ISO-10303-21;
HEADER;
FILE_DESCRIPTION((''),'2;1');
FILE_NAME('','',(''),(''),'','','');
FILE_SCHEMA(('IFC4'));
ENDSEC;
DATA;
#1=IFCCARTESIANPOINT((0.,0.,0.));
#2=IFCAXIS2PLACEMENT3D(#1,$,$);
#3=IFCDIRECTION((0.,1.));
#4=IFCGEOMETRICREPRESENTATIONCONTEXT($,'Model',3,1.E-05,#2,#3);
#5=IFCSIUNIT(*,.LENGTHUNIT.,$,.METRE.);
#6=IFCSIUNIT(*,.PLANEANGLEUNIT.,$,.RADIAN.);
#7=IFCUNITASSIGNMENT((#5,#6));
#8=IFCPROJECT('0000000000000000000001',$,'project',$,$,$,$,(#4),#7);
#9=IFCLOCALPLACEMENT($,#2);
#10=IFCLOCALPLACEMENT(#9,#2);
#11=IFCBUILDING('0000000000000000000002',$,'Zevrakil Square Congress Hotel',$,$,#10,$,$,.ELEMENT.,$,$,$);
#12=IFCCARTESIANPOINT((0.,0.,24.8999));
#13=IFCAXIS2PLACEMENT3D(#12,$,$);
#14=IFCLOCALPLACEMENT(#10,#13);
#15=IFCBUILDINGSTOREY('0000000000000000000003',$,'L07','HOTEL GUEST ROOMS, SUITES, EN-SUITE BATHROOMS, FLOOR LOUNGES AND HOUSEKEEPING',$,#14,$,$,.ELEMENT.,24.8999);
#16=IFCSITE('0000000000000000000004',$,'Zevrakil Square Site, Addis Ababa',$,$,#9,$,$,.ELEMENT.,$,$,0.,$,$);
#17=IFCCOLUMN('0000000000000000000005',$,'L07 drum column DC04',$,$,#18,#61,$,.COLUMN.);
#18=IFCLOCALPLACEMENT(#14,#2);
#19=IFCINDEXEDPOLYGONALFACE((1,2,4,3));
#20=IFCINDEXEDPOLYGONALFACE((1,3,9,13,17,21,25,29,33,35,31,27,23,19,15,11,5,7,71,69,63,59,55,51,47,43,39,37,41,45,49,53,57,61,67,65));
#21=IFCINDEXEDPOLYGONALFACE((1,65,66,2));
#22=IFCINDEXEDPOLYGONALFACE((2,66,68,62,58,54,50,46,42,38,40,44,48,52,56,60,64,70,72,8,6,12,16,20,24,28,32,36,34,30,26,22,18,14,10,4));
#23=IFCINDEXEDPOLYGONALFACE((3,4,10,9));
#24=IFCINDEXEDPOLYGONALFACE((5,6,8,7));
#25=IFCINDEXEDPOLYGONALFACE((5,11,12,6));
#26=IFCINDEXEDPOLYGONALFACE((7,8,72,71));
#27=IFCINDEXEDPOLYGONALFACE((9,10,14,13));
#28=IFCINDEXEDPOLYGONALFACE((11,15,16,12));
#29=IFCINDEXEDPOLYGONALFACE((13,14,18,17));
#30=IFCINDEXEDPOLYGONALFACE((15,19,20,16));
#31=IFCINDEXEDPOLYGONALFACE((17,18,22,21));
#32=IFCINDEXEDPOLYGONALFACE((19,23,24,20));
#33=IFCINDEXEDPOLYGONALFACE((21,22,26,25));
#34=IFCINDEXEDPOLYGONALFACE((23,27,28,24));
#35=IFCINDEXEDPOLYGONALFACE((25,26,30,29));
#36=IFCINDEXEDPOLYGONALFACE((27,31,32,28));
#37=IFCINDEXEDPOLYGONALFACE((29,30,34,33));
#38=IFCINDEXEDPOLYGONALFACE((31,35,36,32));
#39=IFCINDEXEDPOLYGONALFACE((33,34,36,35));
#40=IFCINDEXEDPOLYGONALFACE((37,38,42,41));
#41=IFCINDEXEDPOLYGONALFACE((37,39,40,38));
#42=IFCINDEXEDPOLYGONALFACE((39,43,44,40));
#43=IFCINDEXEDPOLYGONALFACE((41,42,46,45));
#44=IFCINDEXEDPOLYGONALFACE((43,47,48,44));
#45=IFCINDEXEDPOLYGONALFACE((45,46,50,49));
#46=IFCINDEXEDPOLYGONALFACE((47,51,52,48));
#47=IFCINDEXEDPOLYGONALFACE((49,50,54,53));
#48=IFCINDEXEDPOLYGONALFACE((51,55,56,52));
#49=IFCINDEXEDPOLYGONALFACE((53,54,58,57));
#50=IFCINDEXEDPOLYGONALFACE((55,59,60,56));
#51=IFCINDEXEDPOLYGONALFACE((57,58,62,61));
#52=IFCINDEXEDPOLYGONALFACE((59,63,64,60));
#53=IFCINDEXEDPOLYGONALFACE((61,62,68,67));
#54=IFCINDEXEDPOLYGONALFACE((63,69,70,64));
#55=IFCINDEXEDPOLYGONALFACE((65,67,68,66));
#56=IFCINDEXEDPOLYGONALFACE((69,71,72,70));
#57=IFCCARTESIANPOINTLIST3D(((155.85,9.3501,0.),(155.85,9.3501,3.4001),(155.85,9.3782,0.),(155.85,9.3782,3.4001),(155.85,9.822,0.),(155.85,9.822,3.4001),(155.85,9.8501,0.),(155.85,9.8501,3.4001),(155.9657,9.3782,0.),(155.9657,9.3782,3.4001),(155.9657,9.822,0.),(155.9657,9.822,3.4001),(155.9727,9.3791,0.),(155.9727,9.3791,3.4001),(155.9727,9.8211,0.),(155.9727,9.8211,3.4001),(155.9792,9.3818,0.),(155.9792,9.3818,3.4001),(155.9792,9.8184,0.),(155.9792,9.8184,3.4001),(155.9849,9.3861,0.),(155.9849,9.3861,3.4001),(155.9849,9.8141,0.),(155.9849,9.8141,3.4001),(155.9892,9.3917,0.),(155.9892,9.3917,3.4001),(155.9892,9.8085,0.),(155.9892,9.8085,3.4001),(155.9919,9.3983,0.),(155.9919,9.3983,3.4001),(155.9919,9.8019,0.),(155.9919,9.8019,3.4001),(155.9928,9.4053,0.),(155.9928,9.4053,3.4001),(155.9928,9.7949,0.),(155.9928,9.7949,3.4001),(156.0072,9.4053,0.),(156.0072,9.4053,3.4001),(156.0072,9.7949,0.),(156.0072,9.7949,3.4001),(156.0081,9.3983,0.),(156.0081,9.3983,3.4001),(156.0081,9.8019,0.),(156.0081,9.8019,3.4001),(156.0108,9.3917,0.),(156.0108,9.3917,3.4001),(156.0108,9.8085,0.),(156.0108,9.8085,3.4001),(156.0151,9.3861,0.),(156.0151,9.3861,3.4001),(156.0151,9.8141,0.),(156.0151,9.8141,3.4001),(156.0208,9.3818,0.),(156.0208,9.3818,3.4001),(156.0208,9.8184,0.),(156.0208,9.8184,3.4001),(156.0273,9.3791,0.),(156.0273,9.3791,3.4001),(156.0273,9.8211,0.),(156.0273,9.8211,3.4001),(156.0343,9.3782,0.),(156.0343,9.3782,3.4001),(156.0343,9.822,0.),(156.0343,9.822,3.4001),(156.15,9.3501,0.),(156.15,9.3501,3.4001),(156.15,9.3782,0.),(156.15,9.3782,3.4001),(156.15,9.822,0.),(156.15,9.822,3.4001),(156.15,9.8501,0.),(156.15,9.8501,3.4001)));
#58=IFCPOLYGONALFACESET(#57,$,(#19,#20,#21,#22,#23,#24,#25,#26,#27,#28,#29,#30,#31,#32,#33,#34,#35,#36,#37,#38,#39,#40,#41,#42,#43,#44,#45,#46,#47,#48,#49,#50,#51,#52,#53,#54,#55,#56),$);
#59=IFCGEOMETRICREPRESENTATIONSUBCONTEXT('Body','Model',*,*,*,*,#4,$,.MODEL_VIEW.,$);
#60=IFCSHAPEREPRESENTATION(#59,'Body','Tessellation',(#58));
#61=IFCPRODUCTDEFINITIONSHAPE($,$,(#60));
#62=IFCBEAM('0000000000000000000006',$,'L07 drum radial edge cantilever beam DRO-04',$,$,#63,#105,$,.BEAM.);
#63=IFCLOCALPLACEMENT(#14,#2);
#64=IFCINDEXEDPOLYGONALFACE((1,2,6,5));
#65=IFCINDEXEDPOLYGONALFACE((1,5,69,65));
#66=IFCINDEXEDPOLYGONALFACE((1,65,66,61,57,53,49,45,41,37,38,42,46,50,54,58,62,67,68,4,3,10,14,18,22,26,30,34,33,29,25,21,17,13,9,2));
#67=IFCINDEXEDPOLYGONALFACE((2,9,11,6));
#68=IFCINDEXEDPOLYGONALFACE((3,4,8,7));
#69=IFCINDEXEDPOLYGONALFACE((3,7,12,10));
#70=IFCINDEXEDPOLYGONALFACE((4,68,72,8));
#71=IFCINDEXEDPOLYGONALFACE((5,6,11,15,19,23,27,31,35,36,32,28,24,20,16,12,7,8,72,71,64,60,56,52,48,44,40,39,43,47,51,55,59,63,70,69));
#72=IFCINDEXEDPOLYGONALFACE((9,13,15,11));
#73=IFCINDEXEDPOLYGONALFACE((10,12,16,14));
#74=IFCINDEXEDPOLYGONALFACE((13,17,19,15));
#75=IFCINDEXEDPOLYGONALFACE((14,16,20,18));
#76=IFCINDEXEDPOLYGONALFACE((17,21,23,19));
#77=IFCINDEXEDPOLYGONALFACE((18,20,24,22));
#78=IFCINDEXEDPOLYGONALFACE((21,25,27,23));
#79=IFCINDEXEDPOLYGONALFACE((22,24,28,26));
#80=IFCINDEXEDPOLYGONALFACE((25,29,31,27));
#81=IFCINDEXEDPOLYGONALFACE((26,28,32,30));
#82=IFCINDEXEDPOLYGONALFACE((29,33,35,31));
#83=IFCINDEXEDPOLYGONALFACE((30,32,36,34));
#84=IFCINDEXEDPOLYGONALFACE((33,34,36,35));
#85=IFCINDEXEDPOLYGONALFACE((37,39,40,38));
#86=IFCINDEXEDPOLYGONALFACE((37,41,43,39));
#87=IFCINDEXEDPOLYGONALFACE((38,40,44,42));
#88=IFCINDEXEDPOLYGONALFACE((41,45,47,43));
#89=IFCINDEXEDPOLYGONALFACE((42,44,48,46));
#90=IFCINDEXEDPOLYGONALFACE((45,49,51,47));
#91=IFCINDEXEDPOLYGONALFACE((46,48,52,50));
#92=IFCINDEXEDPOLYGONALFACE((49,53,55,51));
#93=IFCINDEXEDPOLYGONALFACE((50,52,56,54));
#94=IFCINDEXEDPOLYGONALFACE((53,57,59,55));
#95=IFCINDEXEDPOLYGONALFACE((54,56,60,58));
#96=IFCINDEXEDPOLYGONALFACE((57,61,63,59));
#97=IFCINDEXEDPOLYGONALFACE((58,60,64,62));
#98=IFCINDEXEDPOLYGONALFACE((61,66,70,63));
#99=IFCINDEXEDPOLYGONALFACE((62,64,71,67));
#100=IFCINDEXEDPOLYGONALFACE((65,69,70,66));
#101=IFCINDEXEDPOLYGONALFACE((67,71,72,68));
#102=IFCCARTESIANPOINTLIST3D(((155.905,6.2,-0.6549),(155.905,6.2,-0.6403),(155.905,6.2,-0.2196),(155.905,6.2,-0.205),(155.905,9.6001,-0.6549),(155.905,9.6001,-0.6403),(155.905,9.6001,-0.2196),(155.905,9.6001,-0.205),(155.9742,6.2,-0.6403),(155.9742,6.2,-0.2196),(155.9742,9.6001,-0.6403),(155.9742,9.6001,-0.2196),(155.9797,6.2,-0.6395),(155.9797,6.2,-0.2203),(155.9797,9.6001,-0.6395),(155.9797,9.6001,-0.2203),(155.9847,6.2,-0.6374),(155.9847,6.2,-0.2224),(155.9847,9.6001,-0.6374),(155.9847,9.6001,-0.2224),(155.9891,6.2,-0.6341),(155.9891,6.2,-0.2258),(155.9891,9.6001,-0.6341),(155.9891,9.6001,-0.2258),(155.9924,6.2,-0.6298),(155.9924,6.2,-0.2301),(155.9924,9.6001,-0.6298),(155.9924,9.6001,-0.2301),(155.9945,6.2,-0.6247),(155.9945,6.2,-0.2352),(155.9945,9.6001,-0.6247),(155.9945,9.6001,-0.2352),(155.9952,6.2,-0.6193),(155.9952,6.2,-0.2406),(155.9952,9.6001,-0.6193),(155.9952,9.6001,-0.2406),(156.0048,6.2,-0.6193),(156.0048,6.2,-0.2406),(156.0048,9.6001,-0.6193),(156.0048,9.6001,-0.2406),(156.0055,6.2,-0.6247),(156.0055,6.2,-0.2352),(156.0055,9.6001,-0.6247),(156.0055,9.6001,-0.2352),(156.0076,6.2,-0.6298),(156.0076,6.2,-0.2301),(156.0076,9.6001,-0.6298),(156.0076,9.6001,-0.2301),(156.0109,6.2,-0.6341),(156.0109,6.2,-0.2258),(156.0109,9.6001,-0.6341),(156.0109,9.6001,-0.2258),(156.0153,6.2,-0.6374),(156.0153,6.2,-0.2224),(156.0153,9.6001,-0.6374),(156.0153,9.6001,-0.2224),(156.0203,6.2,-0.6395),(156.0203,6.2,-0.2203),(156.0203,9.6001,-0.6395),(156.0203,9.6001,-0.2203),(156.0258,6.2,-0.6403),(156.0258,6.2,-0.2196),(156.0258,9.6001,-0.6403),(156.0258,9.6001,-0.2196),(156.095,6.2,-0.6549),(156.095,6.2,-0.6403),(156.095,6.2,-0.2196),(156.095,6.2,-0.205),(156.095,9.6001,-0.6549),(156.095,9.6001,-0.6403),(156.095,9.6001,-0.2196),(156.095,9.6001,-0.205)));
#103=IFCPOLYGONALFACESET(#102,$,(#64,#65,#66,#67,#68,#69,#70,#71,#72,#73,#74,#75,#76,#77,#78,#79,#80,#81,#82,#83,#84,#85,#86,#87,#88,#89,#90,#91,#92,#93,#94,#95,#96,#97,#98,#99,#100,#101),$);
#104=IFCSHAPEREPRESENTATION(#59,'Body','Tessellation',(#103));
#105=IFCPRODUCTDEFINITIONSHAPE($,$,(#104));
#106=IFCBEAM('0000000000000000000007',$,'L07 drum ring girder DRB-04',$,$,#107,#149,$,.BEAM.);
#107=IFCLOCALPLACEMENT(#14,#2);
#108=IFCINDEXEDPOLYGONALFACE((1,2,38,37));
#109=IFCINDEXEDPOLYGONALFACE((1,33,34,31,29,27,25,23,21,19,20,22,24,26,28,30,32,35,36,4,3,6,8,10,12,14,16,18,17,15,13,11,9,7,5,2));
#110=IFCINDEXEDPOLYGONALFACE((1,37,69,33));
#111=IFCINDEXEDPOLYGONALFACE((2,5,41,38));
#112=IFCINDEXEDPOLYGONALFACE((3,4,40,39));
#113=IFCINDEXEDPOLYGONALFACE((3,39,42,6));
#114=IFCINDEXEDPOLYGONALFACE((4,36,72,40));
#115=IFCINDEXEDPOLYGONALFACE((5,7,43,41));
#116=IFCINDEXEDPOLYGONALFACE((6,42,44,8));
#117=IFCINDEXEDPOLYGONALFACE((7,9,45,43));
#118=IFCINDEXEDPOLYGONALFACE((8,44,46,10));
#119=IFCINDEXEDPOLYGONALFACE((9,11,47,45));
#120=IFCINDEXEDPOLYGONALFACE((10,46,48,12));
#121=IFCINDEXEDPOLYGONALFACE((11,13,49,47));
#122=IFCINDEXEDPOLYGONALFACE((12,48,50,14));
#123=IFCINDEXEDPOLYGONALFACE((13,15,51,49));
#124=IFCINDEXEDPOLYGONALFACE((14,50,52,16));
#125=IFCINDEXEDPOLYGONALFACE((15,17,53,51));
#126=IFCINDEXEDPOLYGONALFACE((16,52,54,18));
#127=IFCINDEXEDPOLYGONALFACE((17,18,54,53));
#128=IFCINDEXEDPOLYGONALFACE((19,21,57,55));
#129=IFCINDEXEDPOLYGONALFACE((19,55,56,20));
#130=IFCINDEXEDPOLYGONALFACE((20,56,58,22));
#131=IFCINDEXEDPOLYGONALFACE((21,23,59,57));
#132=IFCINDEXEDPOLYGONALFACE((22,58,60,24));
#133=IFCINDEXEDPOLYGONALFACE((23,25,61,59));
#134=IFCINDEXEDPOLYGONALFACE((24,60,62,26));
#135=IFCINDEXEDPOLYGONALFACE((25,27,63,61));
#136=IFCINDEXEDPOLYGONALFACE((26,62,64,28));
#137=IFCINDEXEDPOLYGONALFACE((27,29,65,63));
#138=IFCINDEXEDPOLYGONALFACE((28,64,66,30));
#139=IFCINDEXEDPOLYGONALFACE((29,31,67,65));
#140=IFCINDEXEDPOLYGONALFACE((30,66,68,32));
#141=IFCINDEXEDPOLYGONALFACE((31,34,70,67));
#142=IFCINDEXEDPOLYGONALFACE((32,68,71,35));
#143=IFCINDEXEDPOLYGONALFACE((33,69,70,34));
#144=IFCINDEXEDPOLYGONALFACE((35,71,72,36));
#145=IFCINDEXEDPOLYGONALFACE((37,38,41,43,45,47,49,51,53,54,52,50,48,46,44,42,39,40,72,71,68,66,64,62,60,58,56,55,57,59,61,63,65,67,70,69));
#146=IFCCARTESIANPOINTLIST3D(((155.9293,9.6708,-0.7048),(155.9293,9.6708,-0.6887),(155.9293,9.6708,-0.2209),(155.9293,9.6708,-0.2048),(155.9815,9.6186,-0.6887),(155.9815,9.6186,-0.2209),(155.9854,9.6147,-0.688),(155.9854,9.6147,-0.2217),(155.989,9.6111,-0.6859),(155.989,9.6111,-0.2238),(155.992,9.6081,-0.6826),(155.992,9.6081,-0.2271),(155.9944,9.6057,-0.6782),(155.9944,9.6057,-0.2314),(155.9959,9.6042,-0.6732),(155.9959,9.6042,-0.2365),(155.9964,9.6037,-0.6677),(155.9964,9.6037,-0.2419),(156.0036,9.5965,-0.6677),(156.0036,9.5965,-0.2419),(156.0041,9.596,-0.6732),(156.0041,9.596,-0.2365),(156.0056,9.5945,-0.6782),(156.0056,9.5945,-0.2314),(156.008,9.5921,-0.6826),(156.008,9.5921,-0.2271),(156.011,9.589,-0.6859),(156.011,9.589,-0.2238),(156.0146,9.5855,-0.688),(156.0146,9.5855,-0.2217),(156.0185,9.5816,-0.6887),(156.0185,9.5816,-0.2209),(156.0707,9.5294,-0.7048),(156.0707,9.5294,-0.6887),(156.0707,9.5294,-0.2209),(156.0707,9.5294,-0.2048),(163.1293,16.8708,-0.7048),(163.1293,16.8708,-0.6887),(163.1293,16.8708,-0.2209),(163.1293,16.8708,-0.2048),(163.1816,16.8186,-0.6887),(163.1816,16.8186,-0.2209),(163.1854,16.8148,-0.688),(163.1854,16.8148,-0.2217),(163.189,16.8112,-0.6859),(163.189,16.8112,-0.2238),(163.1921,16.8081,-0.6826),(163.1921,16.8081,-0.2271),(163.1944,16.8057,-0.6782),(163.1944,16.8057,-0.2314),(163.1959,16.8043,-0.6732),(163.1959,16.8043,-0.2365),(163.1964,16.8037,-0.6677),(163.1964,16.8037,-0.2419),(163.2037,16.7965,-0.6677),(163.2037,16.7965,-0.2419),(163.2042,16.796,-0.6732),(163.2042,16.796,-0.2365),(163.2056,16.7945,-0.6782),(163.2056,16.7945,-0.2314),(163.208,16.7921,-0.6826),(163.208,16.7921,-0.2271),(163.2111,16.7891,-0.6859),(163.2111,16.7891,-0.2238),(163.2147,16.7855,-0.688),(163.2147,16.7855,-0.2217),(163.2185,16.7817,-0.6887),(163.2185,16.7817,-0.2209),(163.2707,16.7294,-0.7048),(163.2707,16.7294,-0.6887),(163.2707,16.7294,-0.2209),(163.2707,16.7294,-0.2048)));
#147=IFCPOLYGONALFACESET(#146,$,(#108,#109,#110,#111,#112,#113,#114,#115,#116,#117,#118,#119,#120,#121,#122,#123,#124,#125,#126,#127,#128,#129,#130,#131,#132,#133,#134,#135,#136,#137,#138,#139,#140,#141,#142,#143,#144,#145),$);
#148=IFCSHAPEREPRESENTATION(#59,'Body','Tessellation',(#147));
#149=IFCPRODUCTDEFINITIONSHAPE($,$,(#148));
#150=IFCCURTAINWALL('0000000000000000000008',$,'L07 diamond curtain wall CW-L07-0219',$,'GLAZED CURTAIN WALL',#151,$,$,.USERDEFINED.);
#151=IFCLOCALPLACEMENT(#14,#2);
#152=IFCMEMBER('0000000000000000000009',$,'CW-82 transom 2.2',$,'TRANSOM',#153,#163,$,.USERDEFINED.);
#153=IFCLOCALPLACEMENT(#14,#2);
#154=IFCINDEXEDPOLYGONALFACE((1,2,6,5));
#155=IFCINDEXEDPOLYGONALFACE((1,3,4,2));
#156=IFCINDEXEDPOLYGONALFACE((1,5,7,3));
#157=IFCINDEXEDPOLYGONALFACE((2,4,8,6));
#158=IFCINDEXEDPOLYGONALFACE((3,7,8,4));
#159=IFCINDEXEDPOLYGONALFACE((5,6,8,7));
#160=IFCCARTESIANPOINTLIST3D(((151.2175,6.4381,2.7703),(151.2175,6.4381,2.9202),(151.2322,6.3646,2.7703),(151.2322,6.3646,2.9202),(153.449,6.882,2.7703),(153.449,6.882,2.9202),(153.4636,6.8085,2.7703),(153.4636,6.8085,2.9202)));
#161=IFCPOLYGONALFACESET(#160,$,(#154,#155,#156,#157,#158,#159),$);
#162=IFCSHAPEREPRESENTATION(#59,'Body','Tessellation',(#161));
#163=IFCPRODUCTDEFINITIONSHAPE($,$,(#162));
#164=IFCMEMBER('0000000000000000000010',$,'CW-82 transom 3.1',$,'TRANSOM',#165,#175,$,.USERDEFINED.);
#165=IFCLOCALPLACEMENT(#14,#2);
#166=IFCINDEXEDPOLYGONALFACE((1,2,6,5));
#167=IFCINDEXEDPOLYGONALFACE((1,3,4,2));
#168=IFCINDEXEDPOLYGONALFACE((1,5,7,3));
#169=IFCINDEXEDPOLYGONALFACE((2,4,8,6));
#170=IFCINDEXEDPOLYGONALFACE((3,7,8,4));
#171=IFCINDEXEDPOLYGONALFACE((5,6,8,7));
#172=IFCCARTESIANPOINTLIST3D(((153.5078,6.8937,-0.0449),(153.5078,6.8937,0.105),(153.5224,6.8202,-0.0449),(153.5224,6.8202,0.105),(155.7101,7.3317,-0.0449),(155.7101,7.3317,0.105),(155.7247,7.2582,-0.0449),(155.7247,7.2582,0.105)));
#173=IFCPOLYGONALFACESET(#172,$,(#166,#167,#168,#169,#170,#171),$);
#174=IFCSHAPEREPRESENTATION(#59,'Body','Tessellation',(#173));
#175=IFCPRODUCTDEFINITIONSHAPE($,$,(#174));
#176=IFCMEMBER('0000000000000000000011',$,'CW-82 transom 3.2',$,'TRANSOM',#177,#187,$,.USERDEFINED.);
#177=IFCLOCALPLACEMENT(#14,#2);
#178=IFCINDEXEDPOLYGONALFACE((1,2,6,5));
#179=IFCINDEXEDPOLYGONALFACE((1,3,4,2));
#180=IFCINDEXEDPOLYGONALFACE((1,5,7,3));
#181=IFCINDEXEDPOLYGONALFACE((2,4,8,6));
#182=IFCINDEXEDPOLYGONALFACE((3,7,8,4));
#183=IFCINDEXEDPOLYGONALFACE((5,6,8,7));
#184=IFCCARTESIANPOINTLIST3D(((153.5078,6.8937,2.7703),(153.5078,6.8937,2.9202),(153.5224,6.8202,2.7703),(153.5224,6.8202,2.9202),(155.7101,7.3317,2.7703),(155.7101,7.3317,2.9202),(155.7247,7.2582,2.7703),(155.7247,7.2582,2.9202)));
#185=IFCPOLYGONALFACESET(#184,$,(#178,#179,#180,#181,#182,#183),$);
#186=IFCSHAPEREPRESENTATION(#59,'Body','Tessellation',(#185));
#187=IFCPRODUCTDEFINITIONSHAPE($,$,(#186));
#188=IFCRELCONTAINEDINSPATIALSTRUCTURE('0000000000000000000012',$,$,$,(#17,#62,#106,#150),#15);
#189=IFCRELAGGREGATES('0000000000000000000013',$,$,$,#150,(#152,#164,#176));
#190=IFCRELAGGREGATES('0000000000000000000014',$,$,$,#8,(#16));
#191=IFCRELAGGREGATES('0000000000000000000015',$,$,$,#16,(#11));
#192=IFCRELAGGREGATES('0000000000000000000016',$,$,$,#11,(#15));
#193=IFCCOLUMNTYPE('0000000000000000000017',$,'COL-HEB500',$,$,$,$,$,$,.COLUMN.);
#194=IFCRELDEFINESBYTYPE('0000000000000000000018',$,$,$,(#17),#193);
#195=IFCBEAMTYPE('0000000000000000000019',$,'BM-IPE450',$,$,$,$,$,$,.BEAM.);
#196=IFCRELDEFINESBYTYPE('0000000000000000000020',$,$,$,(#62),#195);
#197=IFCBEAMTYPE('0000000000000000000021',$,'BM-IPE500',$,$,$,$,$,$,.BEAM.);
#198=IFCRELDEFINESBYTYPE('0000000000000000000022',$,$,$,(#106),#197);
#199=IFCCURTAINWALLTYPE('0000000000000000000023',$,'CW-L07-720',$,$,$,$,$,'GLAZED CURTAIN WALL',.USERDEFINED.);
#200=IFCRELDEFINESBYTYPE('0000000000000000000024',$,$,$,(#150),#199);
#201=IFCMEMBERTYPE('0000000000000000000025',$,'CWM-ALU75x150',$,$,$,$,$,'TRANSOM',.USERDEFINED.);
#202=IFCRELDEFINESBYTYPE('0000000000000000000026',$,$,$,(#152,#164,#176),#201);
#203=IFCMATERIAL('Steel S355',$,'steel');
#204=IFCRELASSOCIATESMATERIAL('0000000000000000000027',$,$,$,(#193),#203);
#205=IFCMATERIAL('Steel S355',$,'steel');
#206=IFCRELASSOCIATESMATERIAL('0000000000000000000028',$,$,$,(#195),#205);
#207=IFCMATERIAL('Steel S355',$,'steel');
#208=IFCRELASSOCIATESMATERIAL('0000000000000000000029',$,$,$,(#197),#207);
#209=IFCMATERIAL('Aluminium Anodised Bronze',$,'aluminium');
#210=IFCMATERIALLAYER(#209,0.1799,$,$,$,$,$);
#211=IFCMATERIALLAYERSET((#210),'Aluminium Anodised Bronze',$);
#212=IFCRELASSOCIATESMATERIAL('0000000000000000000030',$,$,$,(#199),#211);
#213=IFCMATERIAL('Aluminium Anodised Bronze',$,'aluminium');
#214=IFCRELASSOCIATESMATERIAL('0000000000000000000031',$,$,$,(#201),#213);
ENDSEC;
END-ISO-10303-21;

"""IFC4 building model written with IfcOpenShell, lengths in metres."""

from ifc_helpers import new_model, si_unit, direction, frame, origin, origin_2d, place, context, subcontext, project, spatial, rectangle, i_section, extrude, material, layer, layer_set, material_profile, profile_set, type_object, element, aggregate, save


model = new_model("IFC4")

# Units and contexts
model_context = context("Model", 3, precision=1e-05, world=origin(), true_north=direction((0.0, 1.0)))
body_context = subcontext(model_context, "Body", "Model", "MODEL_VIEW")
ifc_project = project(units=[si_unit("LENGTHUNIT", "METRE"), si_unit("PLANEANGLEUNIT", "RADIAN")], contexts=[model_context])

# Site, building, storey
site_placement = place(None, origin())
site = spatial("IfcSite", under=ifc_project, at=site_placement, Name="Zevrakil Square Site, Addis Ababa", CompositionType="ELEMENT", RefElevation=0.0)
building_placement = place(site_placement, origin())
building = spatial("IfcBuilding", under=site, at=building_placement, Name="Zevrakil Square Congress Hotel", CompositionType="ELEMENT")
storey_placement = place(building_placement, frame((0.0, 0.0, 24.8999)))
storey = spatial("IfcBuildingStorey", under=building, at=storey_placement, Name="L07", Description="HOTEL GUEST ROOMS, SUITES, EN-SUITE BATHROOMS, FLOOR LOUNGES AND HOUSEKEEPING", CompositionType="ELEMENT", Elevation=24.8999)

# Column
ifc_material_1 = material(Name="Steel S355", Category="steel")
ifc_material_profile_1 = material_profile(ifc_material_1, i_section(OverallWidth=0.3, OverallDepth=0.5, WebThickness=0.0144, FlangeThickness=0.0281, FilletRadius=0.0271, at=origin_2d()), Name="HEB 500")
ifc_profile_set_1 = profile_set([ifc_material_profile_1], Name="Steel S355")
column_type = type_object("IfcColumnType", Name="COL-HEB500", PredefinedType="COLUMN", material=ifc_profile_set_1)
column_placement = place(storey_placement, frame((156.0, 9.6001, 0.0), z_axis=(0.0, 0.0, 1.0), x_axis=(1.0, 0.0, 0.0)))
element("IfcColumn", 1, at=column_placement, inside=storey, type_object=column_type, Name="L07 drum column DC04", PredefinedType="COLUMN", context=body_context, shape_type="SweptSolid", body=[
    extrude(i_section(OverallWidth=0.3, OverallDepth=0.5, WebThickness=0.0144, FlangeThickness=0.0281, FilletRadius=0.0271, at=origin_2d()), origin(), (0.0, 0.0, 1.0), 3.4001),
])

# Beams
ifc_material_2 = material(Name="Steel S355", Category="steel")
ifc_material_profile_2 = material_profile(ifc_material_2, i_section(OverallWidth=0.1899, OverallDepth=0.45, WebThickness=0.0095, FlangeThickness=0.0146, FilletRadius=0.021, at=origin_2d()), Name="IPE 450")
ifc_profile_set_2 = profile_set([ifc_material_profile_2], Name="Steel S355")
beam_type_1 = type_object("IfcBeamType", Name="BM-IPE450", PredefinedType="BEAM", material=ifc_profile_set_2)
beam_1_placement = place(storey_placement, frame((156.0, 9.6001, -0.4299), z_axis=(0.0, -1.0, 0.0), x_axis=(1.0, 0.0, 0.0)))
element("IfcBeam", 2, at=beam_1_placement, inside=storey, type_object=beam_type_1, Name="L07 drum radial edge cantilever beam DRO-04", PredefinedType="BEAM", context=body_context, shape_type="SweptSolid", body=[
    extrude(i_section(OverallWidth=0.1899, OverallDepth=0.45, WebThickness=0.0095, FlangeThickness=0.0146, FilletRadius=0.021, at=origin_2d()), origin(), (0.0, 0.0, 1.0), 3.4001),
])
ifc_material_3 = material(Name="Steel S355", Category="steel")
ifc_material_profile_3 = material_profile(ifc_material_3, i_section(OverallWidth=0.2, OverallDepth=0.5, WebThickness=0.0103, FlangeThickness=0.0161, FilletRadius=0.021, at=origin_2d()), Name="IPE 500")
ifc_profile_set_3 = profile_set([ifc_material_profile_3], Name="Steel S355")
beam_type_2 = type_object("IfcBeamType", Name="BM-IPE500", PredefinedType="BEAM", material=ifc_profile_set_3)
beam_2_placement = place(storey_placement, frame((156.0, 9.6001, -0.4548), z_axis=(0.707107, 0.707107, 0.0), x_axis=(-0.707107, 0.707107, 0.0)))
element("IfcBeam", 3, at=beam_2_placement, inside=storey, type_object=beam_type_2, Name="L07 drum ring girder DRB-04", PredefinedType="BEAM", context=body_context, shape_type="SweptSolid", body=[
    extrude(i_section(OverallWidth=0.2, OverallDepth=0.5, WebThickness=0.0103, FlangeThickness=0.0161, FilletRadius=0.021, at=origin_2d()), origin(), (0.0, 0.0, 1.0), 10.1824),
])

# Curtain wall, members
ifc_material_4 = material(Name="Aluminium Anodised Bronze", Category="aluminium")
ifc_layer_1 = layer(ifc_material_4, 0.1799)
ifc_layer_set_1 = layer_set([ifc_layer_1], Name="Aluminium Anodised Bronze")
curtain_wall_type = type_object("IfcCurtainWallType", Name="CW-L07-720", ElementType="GLAZED CURTAIN WALL", PredefinedType="USERDEFINED", material=ifc_layer_set_1)
curtain_wall_1_placement = place(storey_placement, origin())
curtain_wall_1 = element("IfcCurtainWall", 4, at=curtain_wall_1_placement, inside=storey, type_object=curtain_wall_type, Name="L07 diamond curtain wall CW-L07-0219", ObjectType="GLAZED CURTAIN WALL", PredefinedType="USERDEFINED")
ifc_material_5 = material(Name="Aluminium Anodised Bronze", Category="aluminium")
ifc_material_profile_4 = material_profile(ifc_material_5, rectangle(XDim=0.075, YDim=0.1499, at=origin_2d()), Name="ALU 75x150")
ifc_profile_set_4 = profile_set([ifc_material_profile_4], Name="Aluminium Anodised Bronze")
member_type_1 = type_object("IfcMemberType", Name="CWM-ALU75x150", ElementType="TRANSOM", PredefinedType="USERDEFINED", material=ifc_profile_set_4)
member_1_placement = place(storey_placement, frame((151.2249, 6.4014, 2.8452), z_axis=(0.980786, 0.195084, 0.0), x_axis=(-0.195084, 0.980786, 0.0)))
member_1 = element("IfcMember", 5, at=member_1_placement, type_object=member_type_1, Name="CW-82 transom 2.2", ObjectType="TRANSOM", PredefinedType="USERDEFINED", context=body_context, shape_type="SweptSolid", body=[
    extrude(rectangle(XDim=0.075, YDim=0.1499, at=origin_2d()), origin(), (0.0, 0.0, 1.0), 2.2751),
])
member_2_placement = place(storey_placement, frame((153.5151, 6.8569, 0.03), z_axis=(0.980789, 0.19507, 0.0), x_axis=(-0.19507, 0.980789, 0.0)))
member_2 = element("IfcMember", 6, at=member_2_placement, type_object=member_type_1, Name="CW-82 transom 3.1", ObjectType="TRANSOM", PredefinedType="USERDEFINED", context=body_context, shape_type="SweptSolid", body=[
    extrude(rectangle(XDim=0.075, YDim=0.1499, at=origin_2d()), origin(), (0.0, 0.0, 1.0), 2.2454),
])
member_3_placement = place(storey_placement, frame((153.5151, 6.8569, 2.8452), z_axis=(0.980789, 0.19507, 0.0), x_axis=(-0.19507, 0.980789, 0.0)))
member_3 = element("IfcMember", 7, at=member_3_placement, type_object=member_type_1, Name="CW-82 transom 3.2", ObjectType="TRANSOM", PredefinedType="USERDEFINED", context=body_context, shape_type="SweptSolid", body=[
    extrude(rectangle(XDim=0.075, YDim=0.1499, at=origin_2d()), origin(), (0.0, 0.0, 1.0), 2.2454),
])

aggregate(curtain_wall_1, [member_1, member_2, member_3])

save(model, "model.ifc")
